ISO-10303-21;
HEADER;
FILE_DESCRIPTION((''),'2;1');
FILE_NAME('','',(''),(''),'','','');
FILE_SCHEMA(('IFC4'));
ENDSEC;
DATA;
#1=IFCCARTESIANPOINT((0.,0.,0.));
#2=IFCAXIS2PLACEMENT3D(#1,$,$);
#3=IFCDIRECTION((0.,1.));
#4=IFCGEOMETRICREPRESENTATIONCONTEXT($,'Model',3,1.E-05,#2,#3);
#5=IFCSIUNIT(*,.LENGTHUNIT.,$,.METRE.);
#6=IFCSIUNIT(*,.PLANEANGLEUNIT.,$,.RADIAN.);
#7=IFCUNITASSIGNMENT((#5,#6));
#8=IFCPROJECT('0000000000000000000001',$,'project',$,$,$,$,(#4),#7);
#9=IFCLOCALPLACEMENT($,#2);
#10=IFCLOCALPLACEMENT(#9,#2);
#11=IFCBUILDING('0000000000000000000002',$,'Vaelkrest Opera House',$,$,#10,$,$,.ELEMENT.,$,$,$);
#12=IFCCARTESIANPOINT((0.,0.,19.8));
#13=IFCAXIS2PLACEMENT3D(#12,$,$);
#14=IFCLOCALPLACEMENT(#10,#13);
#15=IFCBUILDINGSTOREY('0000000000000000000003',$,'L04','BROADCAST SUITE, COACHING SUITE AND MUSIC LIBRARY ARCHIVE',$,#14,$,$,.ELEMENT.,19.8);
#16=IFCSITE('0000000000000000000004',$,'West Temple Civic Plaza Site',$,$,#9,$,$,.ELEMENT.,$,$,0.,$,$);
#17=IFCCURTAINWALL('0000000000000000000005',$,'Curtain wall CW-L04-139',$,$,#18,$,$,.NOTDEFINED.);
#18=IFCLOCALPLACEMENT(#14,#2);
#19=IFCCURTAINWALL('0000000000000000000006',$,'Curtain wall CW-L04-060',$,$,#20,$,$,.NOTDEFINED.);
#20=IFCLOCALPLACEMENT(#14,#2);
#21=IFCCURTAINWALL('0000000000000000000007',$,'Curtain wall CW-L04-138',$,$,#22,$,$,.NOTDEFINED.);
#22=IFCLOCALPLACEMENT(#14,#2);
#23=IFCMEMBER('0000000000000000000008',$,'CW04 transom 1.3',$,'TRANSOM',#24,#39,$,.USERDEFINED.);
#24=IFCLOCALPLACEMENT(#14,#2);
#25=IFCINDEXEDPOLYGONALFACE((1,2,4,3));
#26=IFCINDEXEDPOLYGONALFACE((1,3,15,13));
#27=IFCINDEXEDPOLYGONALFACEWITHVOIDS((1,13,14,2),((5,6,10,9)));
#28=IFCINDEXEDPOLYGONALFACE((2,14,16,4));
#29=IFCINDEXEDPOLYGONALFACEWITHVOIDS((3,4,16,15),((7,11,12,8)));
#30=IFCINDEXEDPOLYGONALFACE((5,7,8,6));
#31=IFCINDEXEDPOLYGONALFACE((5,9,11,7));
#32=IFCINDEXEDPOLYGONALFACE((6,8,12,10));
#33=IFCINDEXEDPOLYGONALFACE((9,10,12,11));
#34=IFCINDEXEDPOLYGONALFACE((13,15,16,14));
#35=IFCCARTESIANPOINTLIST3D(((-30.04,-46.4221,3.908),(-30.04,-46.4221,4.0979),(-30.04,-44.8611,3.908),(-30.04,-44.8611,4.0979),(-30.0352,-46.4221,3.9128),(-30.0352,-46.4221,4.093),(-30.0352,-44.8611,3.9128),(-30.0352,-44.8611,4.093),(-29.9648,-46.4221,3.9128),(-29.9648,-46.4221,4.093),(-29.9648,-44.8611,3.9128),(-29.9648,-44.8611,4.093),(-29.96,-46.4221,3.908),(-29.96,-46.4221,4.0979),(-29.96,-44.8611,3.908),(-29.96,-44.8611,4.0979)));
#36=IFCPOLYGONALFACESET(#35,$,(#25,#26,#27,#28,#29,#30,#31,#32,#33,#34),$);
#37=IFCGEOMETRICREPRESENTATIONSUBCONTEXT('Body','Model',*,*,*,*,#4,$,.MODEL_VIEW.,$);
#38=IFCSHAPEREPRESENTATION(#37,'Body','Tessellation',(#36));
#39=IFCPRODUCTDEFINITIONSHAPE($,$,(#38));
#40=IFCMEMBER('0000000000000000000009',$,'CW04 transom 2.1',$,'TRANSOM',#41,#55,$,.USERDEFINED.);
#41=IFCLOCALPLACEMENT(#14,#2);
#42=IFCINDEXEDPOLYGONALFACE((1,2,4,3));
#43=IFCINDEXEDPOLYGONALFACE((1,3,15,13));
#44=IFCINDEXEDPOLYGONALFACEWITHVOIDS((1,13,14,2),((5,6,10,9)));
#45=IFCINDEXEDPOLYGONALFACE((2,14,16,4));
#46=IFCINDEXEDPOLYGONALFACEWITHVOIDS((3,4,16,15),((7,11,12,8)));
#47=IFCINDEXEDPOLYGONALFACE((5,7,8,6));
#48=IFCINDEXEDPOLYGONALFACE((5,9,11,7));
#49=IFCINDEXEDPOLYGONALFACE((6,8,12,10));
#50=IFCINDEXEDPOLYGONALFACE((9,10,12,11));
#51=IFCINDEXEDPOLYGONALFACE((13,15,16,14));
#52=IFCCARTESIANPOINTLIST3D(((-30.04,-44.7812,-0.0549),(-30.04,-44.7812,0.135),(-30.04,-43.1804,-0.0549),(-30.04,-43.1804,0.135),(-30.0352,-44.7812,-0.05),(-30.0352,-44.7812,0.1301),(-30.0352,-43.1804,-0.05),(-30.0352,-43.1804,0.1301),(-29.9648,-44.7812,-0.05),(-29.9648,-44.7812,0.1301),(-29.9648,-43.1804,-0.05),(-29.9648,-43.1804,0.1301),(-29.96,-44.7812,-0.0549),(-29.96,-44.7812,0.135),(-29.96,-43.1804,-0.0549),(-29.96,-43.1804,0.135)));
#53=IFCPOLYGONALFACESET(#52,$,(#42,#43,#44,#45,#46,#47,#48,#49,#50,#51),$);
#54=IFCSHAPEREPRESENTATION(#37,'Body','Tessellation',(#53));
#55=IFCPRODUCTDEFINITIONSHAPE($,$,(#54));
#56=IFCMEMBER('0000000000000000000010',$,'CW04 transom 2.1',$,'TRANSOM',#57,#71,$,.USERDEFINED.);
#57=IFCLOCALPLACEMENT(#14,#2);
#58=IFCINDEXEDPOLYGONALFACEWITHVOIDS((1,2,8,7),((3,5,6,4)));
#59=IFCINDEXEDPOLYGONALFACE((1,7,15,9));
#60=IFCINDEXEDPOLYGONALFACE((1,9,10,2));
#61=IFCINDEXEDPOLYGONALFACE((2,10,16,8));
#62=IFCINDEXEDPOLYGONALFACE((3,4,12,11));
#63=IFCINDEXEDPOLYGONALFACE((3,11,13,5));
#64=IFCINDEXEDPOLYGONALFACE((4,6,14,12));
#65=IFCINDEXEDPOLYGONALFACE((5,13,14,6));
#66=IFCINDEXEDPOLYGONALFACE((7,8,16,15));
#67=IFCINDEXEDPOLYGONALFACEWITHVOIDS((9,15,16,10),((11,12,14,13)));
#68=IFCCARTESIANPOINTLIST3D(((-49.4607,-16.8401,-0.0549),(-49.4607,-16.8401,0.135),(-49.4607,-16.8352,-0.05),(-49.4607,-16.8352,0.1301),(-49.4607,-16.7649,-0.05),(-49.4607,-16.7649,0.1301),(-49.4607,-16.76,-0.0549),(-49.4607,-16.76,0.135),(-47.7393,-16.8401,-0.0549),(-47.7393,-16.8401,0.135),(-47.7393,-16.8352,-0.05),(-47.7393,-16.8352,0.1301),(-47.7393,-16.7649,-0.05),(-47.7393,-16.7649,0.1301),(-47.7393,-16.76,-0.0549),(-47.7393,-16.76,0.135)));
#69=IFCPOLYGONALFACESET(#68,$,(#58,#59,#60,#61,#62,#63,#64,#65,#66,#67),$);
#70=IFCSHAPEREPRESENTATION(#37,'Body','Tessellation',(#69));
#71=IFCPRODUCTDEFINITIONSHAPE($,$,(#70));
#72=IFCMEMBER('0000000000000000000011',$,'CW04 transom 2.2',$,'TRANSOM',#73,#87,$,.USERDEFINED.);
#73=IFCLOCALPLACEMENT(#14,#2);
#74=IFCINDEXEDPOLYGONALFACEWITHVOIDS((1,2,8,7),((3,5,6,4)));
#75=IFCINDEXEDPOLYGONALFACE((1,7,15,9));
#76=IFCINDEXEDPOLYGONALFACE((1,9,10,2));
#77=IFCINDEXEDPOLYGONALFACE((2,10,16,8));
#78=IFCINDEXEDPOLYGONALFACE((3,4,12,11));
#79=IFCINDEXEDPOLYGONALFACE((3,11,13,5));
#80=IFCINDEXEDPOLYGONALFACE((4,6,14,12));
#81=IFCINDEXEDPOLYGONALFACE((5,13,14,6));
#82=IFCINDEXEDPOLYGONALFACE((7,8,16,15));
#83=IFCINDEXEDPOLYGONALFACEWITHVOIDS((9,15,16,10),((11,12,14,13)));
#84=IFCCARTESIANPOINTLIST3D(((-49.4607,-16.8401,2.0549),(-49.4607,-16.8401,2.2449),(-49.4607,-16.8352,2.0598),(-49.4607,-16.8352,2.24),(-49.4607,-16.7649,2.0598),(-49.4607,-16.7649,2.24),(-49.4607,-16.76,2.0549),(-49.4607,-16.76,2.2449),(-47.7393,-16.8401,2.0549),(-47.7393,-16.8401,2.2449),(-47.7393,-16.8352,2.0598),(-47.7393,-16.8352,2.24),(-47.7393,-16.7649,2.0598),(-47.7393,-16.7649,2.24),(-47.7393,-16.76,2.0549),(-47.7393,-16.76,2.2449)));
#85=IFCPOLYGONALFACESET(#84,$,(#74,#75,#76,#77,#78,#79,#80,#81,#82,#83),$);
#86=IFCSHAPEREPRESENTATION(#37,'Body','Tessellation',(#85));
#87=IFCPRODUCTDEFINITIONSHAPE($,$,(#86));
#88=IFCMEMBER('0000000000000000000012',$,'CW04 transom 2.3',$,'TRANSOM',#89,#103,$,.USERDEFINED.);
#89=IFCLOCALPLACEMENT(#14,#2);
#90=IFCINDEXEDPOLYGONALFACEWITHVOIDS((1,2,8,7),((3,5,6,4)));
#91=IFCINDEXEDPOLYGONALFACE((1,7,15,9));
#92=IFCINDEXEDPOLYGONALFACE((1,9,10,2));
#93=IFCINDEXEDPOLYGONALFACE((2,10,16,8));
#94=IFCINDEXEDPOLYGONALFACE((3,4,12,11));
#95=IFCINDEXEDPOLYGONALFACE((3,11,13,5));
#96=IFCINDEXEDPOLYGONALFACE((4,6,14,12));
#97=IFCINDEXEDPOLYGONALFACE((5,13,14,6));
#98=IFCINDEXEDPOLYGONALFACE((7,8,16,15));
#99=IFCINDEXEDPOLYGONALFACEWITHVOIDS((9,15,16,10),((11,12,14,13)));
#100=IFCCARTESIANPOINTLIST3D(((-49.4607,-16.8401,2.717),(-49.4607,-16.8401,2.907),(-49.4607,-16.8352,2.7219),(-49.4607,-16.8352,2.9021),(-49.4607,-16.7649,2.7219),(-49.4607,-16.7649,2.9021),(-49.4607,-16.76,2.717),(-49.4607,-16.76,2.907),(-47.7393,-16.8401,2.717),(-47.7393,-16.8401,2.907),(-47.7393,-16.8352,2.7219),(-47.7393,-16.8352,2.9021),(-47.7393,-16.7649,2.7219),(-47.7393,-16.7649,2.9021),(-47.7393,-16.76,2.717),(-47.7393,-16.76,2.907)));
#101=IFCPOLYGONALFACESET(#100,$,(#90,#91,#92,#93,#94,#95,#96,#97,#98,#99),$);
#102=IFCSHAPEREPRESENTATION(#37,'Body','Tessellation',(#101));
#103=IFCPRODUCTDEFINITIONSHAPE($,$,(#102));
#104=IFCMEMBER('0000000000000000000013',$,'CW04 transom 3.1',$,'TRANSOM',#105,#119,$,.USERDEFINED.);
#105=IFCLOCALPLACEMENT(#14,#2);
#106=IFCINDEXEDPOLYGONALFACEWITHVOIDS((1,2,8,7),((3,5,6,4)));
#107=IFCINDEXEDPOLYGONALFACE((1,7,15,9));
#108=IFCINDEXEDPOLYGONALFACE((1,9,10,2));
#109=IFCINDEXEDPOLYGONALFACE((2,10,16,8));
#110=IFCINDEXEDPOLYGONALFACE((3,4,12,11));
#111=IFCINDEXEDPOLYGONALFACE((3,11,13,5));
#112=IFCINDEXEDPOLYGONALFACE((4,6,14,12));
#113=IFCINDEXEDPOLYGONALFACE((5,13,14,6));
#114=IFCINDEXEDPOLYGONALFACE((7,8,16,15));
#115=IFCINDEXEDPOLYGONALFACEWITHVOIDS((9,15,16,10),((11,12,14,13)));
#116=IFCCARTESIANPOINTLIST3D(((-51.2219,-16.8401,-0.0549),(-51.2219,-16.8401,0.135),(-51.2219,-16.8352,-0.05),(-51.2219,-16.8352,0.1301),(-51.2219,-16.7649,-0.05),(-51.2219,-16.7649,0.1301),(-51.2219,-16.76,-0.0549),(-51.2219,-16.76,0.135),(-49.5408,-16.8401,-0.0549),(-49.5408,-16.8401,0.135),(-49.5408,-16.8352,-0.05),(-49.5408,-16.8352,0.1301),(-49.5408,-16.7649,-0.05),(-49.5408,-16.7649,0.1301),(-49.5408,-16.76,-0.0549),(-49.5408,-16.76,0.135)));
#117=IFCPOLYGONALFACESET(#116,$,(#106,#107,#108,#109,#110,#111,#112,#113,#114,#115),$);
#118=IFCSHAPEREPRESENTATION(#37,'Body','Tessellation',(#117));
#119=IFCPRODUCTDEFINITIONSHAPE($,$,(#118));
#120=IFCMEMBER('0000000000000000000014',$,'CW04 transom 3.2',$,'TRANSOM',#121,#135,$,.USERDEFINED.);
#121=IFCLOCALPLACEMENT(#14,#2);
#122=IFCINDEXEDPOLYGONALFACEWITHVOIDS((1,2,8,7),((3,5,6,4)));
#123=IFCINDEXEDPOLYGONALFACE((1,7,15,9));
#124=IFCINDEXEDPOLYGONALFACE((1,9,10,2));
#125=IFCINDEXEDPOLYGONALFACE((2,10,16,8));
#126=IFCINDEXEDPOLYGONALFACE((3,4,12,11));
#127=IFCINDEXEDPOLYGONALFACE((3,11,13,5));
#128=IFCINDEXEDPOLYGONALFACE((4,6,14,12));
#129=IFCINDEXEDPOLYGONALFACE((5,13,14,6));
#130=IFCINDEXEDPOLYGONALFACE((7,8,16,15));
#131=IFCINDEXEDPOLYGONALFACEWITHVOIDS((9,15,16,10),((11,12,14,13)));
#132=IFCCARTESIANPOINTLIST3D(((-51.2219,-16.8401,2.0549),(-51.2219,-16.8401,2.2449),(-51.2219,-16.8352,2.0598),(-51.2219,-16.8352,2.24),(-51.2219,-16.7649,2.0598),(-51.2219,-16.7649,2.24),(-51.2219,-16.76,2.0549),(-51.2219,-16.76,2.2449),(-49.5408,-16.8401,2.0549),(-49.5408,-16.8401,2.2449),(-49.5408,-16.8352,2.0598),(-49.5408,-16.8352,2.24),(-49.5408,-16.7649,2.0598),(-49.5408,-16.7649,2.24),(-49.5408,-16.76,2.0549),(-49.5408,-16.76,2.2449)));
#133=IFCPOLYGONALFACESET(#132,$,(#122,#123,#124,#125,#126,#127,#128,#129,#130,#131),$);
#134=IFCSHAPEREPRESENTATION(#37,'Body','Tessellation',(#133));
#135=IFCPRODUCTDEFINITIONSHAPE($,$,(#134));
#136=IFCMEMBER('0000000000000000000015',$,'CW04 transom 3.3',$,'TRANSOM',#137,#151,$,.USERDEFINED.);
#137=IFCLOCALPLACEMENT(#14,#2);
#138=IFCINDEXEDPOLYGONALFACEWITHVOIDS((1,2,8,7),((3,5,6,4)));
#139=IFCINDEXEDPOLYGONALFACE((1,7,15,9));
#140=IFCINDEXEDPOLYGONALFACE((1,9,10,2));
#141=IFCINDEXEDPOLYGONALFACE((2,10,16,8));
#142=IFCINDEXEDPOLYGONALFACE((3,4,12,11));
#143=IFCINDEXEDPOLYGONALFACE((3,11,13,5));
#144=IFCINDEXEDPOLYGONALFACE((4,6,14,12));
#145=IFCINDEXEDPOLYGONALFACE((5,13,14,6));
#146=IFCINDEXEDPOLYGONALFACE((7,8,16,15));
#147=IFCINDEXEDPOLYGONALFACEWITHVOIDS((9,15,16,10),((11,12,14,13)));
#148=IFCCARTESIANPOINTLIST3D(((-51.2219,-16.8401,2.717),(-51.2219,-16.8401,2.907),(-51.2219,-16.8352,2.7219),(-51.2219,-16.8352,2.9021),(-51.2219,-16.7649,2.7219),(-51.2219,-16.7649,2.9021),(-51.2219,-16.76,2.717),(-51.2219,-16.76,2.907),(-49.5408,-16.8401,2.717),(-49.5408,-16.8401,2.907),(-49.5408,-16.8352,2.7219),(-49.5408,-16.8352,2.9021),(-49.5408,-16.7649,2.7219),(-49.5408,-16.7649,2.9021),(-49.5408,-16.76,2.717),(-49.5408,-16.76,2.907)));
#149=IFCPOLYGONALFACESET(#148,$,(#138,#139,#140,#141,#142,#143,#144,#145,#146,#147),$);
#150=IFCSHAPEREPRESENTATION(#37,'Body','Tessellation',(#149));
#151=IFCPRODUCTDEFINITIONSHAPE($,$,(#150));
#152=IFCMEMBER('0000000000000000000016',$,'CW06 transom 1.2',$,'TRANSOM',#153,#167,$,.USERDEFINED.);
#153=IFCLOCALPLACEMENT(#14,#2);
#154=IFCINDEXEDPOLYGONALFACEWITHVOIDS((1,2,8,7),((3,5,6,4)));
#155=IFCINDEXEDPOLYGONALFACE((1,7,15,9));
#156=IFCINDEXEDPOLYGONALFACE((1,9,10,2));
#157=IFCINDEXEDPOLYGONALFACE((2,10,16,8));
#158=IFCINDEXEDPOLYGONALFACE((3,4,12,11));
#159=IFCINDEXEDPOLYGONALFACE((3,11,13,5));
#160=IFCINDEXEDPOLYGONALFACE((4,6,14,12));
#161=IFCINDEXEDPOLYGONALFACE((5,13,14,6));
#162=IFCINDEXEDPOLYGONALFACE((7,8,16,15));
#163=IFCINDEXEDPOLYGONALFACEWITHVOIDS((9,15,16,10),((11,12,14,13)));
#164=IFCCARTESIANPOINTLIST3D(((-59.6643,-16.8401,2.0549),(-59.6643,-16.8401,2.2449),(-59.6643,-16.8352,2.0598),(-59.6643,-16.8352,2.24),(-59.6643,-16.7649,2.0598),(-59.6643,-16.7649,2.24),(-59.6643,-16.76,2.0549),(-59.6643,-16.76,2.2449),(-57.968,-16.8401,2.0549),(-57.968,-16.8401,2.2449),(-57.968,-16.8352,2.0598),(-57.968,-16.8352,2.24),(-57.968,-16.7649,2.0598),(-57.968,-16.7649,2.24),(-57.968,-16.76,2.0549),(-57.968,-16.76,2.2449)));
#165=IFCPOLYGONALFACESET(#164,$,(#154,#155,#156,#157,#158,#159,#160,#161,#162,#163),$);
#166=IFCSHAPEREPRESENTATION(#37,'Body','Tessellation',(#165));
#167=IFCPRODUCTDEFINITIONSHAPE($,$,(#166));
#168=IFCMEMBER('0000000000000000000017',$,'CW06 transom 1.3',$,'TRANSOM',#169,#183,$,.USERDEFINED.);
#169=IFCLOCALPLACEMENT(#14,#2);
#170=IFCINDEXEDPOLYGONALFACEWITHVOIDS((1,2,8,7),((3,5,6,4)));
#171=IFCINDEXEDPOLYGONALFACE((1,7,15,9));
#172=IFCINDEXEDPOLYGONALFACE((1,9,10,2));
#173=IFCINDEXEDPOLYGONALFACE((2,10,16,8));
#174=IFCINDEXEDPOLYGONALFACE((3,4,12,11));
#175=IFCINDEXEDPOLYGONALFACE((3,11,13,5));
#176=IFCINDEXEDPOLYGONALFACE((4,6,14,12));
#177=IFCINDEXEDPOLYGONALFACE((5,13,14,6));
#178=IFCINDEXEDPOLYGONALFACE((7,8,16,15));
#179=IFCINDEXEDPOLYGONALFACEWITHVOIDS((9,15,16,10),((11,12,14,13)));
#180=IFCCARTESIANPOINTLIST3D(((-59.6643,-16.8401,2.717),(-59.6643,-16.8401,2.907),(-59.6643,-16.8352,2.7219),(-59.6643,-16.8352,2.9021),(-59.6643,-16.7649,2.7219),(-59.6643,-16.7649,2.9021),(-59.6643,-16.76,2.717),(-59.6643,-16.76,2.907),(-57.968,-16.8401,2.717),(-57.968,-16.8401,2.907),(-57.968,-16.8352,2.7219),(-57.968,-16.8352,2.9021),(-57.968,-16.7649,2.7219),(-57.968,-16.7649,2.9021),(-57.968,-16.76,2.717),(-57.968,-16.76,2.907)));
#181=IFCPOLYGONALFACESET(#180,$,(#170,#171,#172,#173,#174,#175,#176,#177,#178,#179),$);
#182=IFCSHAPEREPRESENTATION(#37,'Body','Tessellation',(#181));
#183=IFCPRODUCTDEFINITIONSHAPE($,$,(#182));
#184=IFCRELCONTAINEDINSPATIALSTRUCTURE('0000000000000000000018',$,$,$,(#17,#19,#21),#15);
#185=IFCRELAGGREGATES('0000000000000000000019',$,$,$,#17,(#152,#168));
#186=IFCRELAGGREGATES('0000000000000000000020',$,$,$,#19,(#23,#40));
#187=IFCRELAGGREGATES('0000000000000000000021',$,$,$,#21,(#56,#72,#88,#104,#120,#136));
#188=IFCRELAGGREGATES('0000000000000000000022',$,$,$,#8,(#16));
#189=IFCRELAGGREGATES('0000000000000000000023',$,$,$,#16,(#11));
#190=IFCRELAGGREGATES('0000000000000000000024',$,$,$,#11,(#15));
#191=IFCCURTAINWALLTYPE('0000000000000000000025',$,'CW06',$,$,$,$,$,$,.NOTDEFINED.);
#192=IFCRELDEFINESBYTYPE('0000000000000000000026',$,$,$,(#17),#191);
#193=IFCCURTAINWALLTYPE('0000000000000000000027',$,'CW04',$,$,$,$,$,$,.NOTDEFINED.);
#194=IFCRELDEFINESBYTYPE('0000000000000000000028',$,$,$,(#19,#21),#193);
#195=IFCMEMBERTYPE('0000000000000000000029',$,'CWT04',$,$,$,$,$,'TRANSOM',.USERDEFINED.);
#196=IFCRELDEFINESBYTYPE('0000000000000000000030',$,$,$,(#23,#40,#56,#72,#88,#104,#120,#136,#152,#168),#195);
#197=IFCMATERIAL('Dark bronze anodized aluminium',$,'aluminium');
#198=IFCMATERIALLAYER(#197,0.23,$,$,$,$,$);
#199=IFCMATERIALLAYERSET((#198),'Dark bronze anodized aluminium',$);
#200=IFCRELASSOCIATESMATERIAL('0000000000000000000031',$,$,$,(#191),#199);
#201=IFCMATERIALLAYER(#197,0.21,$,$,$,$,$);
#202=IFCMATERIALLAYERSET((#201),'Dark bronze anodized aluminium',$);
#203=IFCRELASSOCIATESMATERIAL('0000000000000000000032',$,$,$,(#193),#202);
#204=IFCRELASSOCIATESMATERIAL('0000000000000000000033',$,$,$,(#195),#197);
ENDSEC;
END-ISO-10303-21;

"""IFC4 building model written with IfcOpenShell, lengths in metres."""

from ifc_helpers import new_model, si_unit, direction, frame, origin, origin_2d, place, context, subcontext, project, spatial, hollow_rectangle, extrude, material, layer, layer_set, material_profile, profile_set, type_object, element, aggregate, save


model = new_model("IFC4")

# Units and contexts
model_context = context("Model", 3, precision=1e-05, world=origin(), true_north=direction((0.0, 1.0)))
body_context = subcontext(model_context, "Body", "Model", "MODEL_VIEW")
ifc_project = project(units=[si_unit("LENGTHUNIT", "METRE"), si_unit("PLANEANGLEUNIT", "RADIAN")], contexts=[model_context])

# Site, building, storey
site_placement = place(None, origin())
site = spatial("IfcSite", under=ifc_project, at=site_placement, Name="West Temple Civic Plaza Site", CompositionType="ELEMENT", RefElevation=0.0)
building_placement = place(site_placement, origin())
building = spatial("IfcBuilding", under=site, at=building_placement, Name="Vaelkrest Opera House", CompositionType="ELEMENT")
storey_placement = place(building_placement, frame((0.0, 0.0, 19.8)))
storey = spatial("IfcBuildingStorey", under=building, at=storey_placement, Name="L04", Description="BROADCAST SUITE, COACHING SUITE AND MUSIC LIBRARY ARCHIVE", CompositionType="ELEMENT", Elevation=19.8)

# Curtain wall
ifc_material_1 = material(Name="Dark bronze anodized aluminium", Category="aluminium")
ifc_layer_1 = layer(ifc_material_1, 0.23)
ifc_layer_set_1 = layer_set([ifc_layer_1], Name="Dark bronze anodized aluminium")
curtain_wall_type_1 = type_object("IfcCurtainWallType", Name="CW06", PredefinedType="NOTDEFINED", material=ifc_layer_set_1)
curtain_wall_1_placement = place(storey_placement, origin())
curtain_wall_1 = element("IfcCurtainWall", 1, at=curtain_wall_1_placement, inside=storey, type_object=curtain_wall_type_1, Name="Curtain wall CW-L04-139", PredefinedType="NOTDEFINED")

# Curtain walls
ifc_layer_2 = layer(ifc_material_1, 0.21)
ifc_layer_set_2 = layer_set([ifc_layer_2], Name="Dark bronze anodized aluminium")
curtain_wall_type_2 = type_object("IfcCurtainWallType", Name="CW04", PredefinedType="NOTDEFINED", material=ifc_layer_set_2)
curtain_wall_2_placement = place(storey_placement, origin())
curtain_wall_2 = element("IfcCurtainWall", 2, at=curtain_wall_2_placement, inside=storey, type_object=curtain_wall_type_2, Name="Curtain wall CW-L04-060", PredefinedType="NOTDEFINED")
curtain_wall_3_placement = place(storey_placement, origin())
curtain_wall_3 = element("IfcCurtainWall", 3, at=curtain_wall_3_placement, inside=storey, type_object=curtain_wall_type_2, Name="Curtain wall CW-L04-138", PredefinedType="NOTDEFINED")

# Members
ifc_material_profile_1 = material_profile(ifc_material_1, hollow_rectangle(XDim=0.0801, YDim=0.1899, WallThickness=0.0049, at=origin_2d()), Name="CWT80X190")
ifc_profile_set_1 = profile_set([ifc_material_profile_1], Name="Dark bronze anodized aluminium")
member_type_1 = type_object("IfcMemberType", Name="CWT04", ElementType="TRANSOM", PredefinedType="USERDEFINED", material=ifc_profile_set_1)
member_1_placement = place(storey_placement, frame((-30.0, -46.4221, 4.0029), z_axis=(0.0, 1.0, 0.0), x_axis=(-1.0, 0.0, 0.0)))
member_1 = element("IfcMember", 4, at=member_1_placement, type_object=member_type_1, Name="CW04 transom 1.3", ObjectType="TRANSOM", PredefinedType="USERDEFINED", context=body_context, shape_type="SweptSolid", body=[
    extrude(hollow_rectangle(XDim=0.0801, YDim=0.1899, WallThickness=0.0049, at=origin_2d()), origin(), (0.0, 0.0, 1.0), 1.561),
])
member_2_placement = place(storey_placement, frame((-30.0, -44.7812, 0.04), z_axis=(0.0, 1.0, 0.0), x_axis=(-1.0, 0.0, 0.0)))
member_2 = element("IfcMember", 5, at=member_2_placement, type_object=member_type_1, Name="CW04 transom 2.1", ObjectType="TRANSOM", PredefinedType="USERDEFINED", context=body_context, shape_type="SweptSolid", body=[
    extrude(hollow_rectangle(XDim=0.0801, YDim=0.1899, WallThickness=0.0049, at=origin_2d()), origin(), (0.0, 0.0, 1.0), 1.6008),
])
member_3_placement = place(storey_placement, frame((-47.7393, -16.8, 0.04), z_axis=(-1.0, 0.0, 0.0), x_axis=(0.0, -1.0, 0.0)))
member_3 = element("IfcMember", 6, at=member_3_placement, type_object=member_type_1, Name="CW04 transom 2.1", ObjectType="TRANSOM", PredefinedType="USERDEFINED", context=body_context, shape_type="SweptSolid", body=[
    extrude(hollow_rectangle(XDim=0.0801, YDim=0.1899, WallThickness=0.0049, at=origin_2d()), origin(), (0.0, 0.0, 1.0), 1.7214),
])
member_4_placement = place(storey_placement, frame((-47.7393, -16.8, 2.1499), z_axis=(-1.0, 0.0, 0.0), x_axis=(0.0, -1.0, 0.0)))
member_4 = element("IfcMember", 7, at=member_4_placement, type_object=member_type_1, Name="CW04 transom 2.2", ObjectType="TRANSOM", PredefinedType="USERDEFINED", context=body_context, shape_type="SweptSolid", body=[
    extrude(hollow_rectangle(XDim=0.0801, YDim=0.1899, WallThickness=0.0049, at=origin_2d()), origin(), (0.0, 0.0, 1.0), 1.7214),
])
member_5_placement = place(storey_placement, frame((-47.7393, -16.8, 2.812), z_axis=(-1.0, 0.0, 0.0), x_axis=(0.0, -1.0, 0.0)))
member_5 = element("IfcMember", 8, at=member_5_placement, type_object=member_type_1, Name="CW04 transom 2.3", ObjectType="TRANSOM", PredefinedType="USERDEFINED", context=body_context, shape_type="SweptSolid", body=[
    extrude(hollow_rectangle(XDim=0.0801, YDim=0.1899, WallThickness=0.0049, at=origin_2d()), origin(), (0.0, 0.0, 1.0), 1.7214),
])
member_6_placement = place(storey_placement, frame((-49.5408, -16.8, 0.04), z_axis=(-1.0, 0.0, 0.0), x_axis=(0.0, -1.0, 0.0)))
member_6 = element("IfcMember", 9, at=member_6_placement, type_object=member_type_1, Name="CW04 transom 3.1", ObjectType="TRANSOM", PredefinedType="USERDEFINED", context=body_context, shape_type="SweptSolid", body=[
    extrude(hollow_rectangle(XDim=0.0801, YDim=0.1899, WallThickness=0.0049, at=origin_2d()), origin(), (0.0, 0.0, 1.0), 1.6812),
])
member_7_placement = place(storey_placement, frame((-49.5408, -16.8, 2.1499), z_axis=(-1.0, 0.0, 0.0), x_axis=(0.0, -1.0, 0.0)))
member_7 = element("IfcMember", 10, at=member_7_placement, type_object=member_type_1, Name="CW04 transom 3.2", ObjectType="TRANSOM", PredefinedType="USERDEFINED", context=body_context, shape_type="SweptSolid", body=[
    extrude(hollow_rectangle(XDim=0.0801, YDim=0.1899, WallThickness=0.0049, at=origin_2d()), origin(), (0.0, 0.0, 1.0), 1.6812),
])
member_8_placement = place(storey_placement, frame((-49.5408, -16.8, 2.812), z_axis=(-1.0, 0.0, 0.0), x_axis=(0.0, -1.0, 0.0)))
member_8 = element("IfcMember", 11, at=member_8_placement, type_object=member_type_1, Name="CW04 transom 3.3", ObjectType="TRANSOM", PredefinedType="USERDEFINED", context=body_context, shape_type="SweptSolid", body=[
    extrude(hollow_rectangle(XDim=0.0801, YDim=0.1899, WallThickness=0.0049, at=origin_2d()), origin(), (0.0, 0.0, 1.0), 1.6812),
])
member_9_placement = place(storey_placement, frame((-57.968, -16.8, 2.1499), z_axis=(-1.0, 0.0, 0.0), x_axis=(0.0, -1.0, 0.0)))
member_9 = element("IfcMember", 12, at=member_9_placement, type_object=member_type_1, Name="CW06 transom 1.2", ObjectType="TRANSOM", PredefinedType="USERDEFINED", context=body_context, shape_type="SweptSolid", body=[
    extrude(hollow_rectangle(XDim=0.0801, YDim=0.1899, WallThickness=0.0049, at=origin_2d()), origin(), (0.0, 0.0, 1.0), 1.6963),
])
member_10_placement = place(storey_placement, frame((-57.968, -16.8, 2.812), z_axis=(-1.0, 0.0, 0.0), x_axis=(0.0, -1.0, 0.0)))
member_10 = element("IfcMember", 13, at=member_10_placement, type_object=member_type_1, Name="CW06 transom 1.3", ObjectType="TRANSOM", PredefinedType="USERDEFINED", context=body_context, shape_type="SweptSolid", body=[
    extrude(hollow_rectangle(XDim=0.0801, YDim=0.1899, WallThickness=0.0049, at=origin_2d()), origin(), (0.0, 0.0, 1.0), 1.6963),
])
aggregate(curtain_wall_1, [member_9, member_10])

aggregate(curtain_wall_2, [member_1, member_2])
aggregate(curtain_wall_3, [member_3, member_4, member_5, member_6, member_7, member_8])

save(model, "model.ifc")
